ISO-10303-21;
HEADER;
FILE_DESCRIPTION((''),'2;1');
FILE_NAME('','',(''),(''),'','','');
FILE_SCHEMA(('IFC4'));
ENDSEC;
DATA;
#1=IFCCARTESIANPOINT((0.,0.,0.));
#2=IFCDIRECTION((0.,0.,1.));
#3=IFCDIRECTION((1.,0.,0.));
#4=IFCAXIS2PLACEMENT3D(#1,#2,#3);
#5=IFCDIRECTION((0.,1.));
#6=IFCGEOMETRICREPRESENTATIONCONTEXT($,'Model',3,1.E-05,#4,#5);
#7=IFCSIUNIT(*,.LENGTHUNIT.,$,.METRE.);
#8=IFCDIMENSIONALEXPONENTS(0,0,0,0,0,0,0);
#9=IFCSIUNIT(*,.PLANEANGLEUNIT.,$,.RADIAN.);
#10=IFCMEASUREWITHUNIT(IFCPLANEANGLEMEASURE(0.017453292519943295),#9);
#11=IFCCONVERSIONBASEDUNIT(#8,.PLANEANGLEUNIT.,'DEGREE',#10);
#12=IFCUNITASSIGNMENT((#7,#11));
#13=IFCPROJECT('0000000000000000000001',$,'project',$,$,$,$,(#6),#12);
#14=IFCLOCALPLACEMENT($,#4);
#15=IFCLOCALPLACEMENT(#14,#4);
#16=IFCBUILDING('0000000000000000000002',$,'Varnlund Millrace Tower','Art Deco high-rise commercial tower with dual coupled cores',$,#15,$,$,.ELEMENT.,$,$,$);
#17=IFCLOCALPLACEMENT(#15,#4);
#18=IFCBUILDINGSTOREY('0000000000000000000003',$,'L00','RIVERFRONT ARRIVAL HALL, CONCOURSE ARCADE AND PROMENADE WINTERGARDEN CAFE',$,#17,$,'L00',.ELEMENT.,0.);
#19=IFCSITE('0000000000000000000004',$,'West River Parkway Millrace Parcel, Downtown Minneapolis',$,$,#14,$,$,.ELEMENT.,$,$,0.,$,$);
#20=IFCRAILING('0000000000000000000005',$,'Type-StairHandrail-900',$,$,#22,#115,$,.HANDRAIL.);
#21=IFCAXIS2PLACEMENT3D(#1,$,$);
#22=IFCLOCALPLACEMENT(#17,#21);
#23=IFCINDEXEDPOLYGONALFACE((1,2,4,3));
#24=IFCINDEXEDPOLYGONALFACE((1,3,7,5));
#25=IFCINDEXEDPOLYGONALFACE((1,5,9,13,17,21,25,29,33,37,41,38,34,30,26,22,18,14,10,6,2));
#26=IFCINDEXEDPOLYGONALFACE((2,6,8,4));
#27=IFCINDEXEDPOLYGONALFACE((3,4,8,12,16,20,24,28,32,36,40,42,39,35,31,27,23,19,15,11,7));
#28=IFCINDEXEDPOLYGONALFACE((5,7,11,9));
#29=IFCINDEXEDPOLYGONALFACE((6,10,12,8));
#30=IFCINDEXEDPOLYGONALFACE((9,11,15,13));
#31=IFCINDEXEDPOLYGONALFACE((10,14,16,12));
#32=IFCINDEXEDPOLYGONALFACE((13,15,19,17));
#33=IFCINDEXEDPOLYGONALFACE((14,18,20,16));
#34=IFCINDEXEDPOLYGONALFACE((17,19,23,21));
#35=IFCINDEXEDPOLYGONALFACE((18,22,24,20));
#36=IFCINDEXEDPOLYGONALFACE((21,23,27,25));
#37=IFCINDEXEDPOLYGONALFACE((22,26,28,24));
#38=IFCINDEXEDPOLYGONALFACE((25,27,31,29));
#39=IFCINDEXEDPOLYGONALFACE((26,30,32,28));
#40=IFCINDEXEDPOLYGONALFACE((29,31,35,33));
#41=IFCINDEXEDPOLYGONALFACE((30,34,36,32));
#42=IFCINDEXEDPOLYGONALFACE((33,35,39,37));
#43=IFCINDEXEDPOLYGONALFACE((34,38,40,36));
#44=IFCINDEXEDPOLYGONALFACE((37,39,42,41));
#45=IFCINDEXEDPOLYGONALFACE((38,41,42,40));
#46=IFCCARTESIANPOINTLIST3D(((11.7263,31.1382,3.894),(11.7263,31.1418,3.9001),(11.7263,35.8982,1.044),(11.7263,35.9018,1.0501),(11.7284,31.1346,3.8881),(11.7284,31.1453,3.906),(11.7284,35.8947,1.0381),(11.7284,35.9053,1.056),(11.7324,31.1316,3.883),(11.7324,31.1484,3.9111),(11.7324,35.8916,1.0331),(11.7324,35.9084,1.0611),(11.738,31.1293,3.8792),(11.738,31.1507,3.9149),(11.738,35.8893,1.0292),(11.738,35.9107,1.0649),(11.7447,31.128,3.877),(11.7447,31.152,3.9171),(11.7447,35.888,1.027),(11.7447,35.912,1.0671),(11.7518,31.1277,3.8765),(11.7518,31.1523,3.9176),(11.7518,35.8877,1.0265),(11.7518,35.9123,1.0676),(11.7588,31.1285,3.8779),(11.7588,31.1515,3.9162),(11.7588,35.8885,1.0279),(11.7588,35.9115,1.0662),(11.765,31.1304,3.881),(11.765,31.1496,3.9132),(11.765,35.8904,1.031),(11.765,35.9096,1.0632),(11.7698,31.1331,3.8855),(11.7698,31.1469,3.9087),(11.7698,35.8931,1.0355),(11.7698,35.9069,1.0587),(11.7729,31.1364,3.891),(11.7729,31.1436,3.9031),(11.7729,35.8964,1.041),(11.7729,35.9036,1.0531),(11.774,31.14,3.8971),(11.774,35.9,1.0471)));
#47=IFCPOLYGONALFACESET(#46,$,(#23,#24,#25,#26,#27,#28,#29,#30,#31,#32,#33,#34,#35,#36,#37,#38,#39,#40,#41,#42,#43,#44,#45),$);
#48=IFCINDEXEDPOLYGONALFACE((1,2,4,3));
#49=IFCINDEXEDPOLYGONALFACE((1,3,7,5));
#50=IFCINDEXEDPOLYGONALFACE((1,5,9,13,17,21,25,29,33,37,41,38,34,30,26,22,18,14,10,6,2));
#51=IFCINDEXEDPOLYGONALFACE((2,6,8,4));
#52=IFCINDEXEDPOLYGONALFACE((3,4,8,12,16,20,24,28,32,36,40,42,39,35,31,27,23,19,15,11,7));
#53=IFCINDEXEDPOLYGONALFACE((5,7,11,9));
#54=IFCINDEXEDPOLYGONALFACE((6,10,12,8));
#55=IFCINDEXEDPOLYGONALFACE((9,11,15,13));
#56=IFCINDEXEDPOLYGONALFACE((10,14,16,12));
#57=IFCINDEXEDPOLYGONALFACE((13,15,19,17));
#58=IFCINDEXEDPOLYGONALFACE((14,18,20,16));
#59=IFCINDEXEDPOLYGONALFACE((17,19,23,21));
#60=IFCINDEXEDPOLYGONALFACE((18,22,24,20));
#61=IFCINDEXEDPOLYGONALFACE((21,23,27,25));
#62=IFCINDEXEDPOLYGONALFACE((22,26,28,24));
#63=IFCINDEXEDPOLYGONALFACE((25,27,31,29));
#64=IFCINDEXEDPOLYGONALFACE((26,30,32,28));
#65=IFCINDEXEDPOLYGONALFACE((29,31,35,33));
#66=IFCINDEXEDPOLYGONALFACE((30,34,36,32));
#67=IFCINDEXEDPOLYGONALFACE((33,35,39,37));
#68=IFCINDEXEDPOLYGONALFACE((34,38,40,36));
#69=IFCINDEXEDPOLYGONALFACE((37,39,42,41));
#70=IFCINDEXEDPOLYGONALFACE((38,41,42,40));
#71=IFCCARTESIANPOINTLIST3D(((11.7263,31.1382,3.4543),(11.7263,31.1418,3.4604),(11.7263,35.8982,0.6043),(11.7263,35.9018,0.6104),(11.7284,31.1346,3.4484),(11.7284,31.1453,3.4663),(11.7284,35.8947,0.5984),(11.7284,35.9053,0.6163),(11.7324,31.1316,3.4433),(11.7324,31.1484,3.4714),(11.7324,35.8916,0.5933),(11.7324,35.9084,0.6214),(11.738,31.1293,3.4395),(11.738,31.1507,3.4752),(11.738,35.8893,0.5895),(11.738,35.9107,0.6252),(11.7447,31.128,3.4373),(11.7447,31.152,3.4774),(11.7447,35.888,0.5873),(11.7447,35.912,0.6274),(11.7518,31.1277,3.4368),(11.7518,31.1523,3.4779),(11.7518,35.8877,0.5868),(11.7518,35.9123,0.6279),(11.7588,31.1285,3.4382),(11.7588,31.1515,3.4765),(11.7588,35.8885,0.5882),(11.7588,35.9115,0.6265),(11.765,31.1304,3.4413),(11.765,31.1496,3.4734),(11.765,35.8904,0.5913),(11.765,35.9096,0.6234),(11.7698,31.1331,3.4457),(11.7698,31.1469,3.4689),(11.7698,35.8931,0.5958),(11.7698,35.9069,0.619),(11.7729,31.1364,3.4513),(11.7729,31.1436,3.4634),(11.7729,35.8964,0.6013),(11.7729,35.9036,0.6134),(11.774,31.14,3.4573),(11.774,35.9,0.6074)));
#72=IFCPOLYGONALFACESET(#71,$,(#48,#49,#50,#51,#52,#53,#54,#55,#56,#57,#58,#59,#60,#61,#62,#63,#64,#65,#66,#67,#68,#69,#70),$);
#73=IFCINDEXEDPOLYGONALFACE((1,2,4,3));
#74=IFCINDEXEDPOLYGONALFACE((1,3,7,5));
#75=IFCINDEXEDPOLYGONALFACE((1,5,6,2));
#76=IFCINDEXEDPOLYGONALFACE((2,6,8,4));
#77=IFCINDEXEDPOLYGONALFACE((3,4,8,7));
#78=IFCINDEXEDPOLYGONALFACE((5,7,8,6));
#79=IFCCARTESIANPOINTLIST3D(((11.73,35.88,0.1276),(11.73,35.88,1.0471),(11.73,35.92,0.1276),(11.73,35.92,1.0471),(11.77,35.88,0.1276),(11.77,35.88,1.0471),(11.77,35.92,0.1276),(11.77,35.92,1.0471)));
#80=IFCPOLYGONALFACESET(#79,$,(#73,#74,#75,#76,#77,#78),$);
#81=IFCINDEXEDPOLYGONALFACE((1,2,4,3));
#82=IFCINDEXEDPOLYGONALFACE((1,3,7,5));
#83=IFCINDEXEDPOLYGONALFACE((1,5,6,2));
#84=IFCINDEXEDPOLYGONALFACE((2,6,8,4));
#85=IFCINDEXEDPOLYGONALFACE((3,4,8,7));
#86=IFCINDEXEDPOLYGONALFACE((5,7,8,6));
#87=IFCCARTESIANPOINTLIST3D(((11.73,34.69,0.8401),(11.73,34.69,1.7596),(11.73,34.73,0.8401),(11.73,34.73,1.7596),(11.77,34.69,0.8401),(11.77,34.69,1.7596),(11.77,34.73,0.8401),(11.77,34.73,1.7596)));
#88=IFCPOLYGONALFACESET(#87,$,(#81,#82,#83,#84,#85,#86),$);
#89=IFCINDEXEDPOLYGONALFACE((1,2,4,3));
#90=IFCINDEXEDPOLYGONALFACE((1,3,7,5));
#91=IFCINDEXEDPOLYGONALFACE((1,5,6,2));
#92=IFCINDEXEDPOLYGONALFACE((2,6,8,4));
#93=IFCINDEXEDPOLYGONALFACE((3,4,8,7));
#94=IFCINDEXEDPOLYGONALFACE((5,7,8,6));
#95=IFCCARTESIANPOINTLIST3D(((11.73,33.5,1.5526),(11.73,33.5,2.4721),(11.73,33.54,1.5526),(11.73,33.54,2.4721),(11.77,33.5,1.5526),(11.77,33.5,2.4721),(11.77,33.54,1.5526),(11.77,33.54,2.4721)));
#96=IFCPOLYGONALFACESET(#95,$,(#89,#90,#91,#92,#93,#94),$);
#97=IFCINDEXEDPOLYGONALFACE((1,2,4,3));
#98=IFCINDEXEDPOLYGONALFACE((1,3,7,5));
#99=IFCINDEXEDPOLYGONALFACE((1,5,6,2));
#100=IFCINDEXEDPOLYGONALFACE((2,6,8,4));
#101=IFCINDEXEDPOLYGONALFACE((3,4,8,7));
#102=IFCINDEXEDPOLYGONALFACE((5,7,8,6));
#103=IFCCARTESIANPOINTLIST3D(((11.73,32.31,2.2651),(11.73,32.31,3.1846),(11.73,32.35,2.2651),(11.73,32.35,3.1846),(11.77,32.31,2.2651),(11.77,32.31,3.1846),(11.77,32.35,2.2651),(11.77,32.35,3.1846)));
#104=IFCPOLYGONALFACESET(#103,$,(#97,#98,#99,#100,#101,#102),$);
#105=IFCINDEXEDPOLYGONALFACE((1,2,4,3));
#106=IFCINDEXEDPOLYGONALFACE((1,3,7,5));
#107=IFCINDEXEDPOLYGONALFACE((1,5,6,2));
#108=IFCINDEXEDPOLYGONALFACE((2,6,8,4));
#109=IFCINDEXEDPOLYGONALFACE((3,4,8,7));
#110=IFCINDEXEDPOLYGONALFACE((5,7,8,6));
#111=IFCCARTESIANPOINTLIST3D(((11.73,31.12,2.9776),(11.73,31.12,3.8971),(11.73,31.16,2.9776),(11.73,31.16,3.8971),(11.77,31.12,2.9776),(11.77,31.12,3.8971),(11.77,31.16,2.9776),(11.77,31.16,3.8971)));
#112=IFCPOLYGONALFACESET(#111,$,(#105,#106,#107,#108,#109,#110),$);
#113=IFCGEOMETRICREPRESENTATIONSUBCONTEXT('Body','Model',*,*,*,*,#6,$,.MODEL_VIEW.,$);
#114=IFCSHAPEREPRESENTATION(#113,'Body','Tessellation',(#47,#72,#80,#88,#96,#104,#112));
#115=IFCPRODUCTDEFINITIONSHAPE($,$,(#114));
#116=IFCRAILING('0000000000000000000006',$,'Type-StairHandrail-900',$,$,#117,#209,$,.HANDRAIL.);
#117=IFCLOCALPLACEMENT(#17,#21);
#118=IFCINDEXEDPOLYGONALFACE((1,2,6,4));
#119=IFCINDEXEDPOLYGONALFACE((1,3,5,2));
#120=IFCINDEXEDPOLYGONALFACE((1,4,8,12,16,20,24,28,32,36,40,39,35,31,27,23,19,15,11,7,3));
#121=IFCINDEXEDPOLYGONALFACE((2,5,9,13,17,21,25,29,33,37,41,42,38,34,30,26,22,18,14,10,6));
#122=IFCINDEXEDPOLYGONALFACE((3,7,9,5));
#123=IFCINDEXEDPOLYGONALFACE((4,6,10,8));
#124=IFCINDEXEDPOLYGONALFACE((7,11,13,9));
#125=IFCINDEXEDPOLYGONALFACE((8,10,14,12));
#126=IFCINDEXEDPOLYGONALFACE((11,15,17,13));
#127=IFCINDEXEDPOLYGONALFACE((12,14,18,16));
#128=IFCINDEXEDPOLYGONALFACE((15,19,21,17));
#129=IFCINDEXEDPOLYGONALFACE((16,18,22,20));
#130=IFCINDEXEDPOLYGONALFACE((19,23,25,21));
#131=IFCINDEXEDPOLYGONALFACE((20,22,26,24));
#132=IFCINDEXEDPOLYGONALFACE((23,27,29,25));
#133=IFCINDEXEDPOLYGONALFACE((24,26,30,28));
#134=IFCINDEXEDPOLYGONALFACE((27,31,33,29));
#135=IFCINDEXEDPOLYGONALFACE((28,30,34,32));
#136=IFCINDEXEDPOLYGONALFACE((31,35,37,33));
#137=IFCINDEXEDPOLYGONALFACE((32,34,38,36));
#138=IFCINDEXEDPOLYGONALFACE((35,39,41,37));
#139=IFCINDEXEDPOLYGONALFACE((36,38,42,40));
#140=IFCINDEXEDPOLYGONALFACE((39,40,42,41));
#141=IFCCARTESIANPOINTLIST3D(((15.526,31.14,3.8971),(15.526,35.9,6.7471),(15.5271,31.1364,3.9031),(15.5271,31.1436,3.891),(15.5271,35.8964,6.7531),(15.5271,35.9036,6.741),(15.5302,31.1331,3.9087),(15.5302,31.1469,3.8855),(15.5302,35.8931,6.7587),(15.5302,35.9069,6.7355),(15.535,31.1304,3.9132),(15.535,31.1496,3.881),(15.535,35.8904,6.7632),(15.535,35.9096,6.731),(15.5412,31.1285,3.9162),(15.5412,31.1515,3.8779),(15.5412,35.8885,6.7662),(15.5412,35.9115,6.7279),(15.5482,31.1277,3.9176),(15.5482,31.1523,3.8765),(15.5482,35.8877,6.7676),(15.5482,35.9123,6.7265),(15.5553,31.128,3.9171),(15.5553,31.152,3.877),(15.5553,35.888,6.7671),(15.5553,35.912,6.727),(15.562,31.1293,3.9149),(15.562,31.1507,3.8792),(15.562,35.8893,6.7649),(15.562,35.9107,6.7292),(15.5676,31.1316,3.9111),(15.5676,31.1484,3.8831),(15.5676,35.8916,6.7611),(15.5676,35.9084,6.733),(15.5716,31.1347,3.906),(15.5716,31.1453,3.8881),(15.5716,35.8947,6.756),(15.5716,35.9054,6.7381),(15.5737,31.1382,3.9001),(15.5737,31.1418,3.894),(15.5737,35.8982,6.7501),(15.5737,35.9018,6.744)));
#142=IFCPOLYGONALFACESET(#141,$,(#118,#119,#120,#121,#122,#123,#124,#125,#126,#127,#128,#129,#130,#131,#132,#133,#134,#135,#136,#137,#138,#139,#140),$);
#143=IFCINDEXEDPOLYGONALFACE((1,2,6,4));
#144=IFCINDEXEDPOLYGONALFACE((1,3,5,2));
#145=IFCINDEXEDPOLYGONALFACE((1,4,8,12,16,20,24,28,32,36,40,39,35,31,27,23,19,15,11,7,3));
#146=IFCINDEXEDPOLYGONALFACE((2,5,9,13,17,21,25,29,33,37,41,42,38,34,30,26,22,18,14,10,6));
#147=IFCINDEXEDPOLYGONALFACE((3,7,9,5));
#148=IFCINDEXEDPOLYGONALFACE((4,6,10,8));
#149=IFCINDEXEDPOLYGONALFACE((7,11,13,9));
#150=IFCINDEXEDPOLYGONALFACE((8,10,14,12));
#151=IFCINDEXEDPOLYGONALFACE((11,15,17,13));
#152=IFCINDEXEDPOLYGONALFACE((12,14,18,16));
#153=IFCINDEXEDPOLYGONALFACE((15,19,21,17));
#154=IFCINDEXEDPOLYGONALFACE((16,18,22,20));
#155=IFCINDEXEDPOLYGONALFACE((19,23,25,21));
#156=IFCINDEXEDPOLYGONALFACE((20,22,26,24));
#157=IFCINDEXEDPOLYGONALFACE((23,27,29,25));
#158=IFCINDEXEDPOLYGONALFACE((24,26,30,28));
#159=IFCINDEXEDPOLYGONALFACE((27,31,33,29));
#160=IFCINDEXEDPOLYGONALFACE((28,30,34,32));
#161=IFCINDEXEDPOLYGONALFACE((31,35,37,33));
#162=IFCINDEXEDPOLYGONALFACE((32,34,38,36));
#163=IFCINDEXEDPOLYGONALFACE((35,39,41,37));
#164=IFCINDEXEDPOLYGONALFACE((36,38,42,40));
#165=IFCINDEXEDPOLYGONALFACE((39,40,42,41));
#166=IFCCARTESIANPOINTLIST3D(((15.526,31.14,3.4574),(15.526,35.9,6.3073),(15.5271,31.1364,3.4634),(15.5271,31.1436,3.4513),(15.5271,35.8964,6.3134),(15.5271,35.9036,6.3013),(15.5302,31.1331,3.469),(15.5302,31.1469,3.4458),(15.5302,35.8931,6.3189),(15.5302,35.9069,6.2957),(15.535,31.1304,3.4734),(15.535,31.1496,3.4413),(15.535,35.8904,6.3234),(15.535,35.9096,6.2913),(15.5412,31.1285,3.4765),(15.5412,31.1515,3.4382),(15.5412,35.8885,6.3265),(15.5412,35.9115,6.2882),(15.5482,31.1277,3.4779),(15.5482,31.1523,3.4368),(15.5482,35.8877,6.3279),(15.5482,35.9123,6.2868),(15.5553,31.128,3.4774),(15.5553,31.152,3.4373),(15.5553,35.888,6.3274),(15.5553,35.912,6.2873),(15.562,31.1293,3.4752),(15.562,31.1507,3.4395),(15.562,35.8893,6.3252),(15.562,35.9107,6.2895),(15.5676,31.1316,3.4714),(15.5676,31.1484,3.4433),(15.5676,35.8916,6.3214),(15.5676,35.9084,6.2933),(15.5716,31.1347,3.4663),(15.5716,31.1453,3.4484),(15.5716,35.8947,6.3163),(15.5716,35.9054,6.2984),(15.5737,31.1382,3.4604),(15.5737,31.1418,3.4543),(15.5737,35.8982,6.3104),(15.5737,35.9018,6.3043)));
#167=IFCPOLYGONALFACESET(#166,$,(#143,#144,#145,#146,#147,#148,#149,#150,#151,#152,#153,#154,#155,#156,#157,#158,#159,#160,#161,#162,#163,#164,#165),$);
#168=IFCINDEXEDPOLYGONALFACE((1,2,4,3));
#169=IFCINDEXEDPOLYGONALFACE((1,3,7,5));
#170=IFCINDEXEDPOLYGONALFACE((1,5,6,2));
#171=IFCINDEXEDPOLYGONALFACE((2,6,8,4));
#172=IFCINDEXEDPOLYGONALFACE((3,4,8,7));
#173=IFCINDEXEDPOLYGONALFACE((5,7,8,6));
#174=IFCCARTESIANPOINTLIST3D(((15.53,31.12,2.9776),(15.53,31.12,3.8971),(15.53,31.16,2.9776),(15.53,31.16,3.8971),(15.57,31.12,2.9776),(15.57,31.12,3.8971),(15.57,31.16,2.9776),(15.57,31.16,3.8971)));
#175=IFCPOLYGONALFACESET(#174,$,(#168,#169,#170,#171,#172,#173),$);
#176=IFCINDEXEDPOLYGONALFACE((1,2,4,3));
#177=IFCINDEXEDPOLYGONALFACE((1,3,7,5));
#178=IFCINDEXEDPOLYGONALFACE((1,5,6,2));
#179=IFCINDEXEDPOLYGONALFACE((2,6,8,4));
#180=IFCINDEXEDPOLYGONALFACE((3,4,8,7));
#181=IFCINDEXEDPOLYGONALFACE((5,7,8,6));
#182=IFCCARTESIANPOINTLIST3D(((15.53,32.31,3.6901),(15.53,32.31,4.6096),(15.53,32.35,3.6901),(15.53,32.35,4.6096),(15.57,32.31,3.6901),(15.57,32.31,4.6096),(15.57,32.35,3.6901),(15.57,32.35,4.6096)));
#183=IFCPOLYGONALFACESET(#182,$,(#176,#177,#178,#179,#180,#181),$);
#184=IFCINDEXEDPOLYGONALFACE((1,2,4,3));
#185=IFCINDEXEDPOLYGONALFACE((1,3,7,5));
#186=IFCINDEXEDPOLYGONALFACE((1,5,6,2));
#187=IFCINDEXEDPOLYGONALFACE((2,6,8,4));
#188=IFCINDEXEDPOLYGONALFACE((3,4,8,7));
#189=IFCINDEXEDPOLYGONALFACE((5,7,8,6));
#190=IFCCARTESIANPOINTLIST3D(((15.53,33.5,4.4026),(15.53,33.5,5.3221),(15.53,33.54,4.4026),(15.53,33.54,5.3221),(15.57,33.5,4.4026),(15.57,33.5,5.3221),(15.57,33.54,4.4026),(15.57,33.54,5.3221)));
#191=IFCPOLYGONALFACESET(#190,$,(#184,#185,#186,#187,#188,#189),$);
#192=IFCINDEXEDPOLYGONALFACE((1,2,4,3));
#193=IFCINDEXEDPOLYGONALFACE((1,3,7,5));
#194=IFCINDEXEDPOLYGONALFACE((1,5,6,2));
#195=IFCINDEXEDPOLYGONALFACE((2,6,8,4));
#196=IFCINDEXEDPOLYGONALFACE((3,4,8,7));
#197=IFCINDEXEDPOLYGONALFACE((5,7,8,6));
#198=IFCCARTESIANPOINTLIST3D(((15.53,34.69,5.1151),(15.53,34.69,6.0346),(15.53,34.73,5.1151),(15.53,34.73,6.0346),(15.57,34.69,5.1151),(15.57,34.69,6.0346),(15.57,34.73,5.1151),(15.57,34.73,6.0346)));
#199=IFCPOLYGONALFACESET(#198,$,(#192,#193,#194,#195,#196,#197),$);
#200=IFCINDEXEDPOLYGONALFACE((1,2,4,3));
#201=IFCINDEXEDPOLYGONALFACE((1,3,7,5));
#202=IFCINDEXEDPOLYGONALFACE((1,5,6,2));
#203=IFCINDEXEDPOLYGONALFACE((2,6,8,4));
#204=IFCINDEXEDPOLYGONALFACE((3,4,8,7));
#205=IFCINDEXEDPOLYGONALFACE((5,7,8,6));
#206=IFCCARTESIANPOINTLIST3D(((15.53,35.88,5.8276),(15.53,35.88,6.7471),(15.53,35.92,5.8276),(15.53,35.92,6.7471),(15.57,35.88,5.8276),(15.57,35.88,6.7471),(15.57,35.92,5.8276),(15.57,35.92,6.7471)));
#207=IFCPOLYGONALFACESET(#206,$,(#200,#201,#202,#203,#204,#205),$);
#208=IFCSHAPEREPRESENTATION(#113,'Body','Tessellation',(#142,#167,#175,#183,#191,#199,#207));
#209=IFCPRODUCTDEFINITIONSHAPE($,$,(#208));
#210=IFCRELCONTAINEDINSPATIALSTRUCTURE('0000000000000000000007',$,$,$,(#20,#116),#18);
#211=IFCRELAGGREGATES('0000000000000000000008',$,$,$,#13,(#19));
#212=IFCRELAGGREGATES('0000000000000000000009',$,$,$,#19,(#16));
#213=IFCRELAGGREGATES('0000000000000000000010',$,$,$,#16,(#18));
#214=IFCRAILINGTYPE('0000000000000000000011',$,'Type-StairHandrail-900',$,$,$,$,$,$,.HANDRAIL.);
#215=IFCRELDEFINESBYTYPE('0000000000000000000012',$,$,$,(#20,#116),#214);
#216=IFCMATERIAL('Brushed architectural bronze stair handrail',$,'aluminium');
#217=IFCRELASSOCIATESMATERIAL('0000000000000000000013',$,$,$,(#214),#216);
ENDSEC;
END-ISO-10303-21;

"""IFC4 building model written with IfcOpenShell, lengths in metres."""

from ifc_helpers import new_model, entity, si_unit, converted_unit, direction, frame, origin_with_axes, origin_2d_with_axis, place, context, subcontext, project, spatial, rectangle, circle, extrude, material, type_object, element, save


model = new_model("IFC4")

# Units and contexts
model_context = context("Model", 3, precision=1e-05, world=origin_with_axes(), true_north=direction((0.0, 1.0)))
body_context = subcontext(model_context, "Body", "Model", "MODEL_VIEW")
ifc_project = project(units=[si_unit("LENGTHUNIT", "METRE"), converted_unit("PLANEANGLEUNIT", "DEGREE", entity("IfcPlaneAngleMeasure", 0.017453292519943295), si_unit("PLANEANGLEUNIT", "RADIAN"), dimensions=[0, 0, 0, 0, 0, 0, 0])], contexts=[model_context])

# Site, building, storey
site_placement = place(None, origin_with_axes())
site = spatial("IfcSite", under=ifc_project, at=site_placement, Name="West River Parkway Millrace Parcel, Downtown Minneapolis", CompositionType="ELEMENT", RefElevation=0.0)
building_placement = place(site_placement, origin_with_axes())
building = spatial("IfcBuilding", under=site, at=building_placement, Name="Varnlund Millrace Tower", Description="Art Deco high-rise commercial tower with dual coupled cores", CompositionType="ELEMENT")
storey_placement = place(building_placement, origin_with_axes())
storey = spatial("IfcBuildingStorey", under=building, at=storey_placement, Name="L00", Description="RIVERFRONT ARRIVAL HALL, CONCOURSE ARCADE AND PROMENADE WINTERGARDEN CAFE", LongName="L00", CompositionType="ELEMENT", Elevation=0.0)

# Railings
ifc_material_1 = material(Name="Brushed architectural bronze stair handrail", Category="aluminium")
railing_type_1 = type_object("IfcRailingType", Name="Type-StairHandrail-900", PredefinedType="HANDRAIL", material=ifc_material_1)
railing_1_placement = place(storey_placement, origin_with_axes())
element("IfcRailing", 1, at=railing_1_placement, inside=storey, type_object=railing_type_1, Name="Type-StairHandrail-900", PredefinedType="HANDRAIL", context=body_context, shape_type="SweptSolid", body=[
    extrude(circle(Radius=0.024, at=origin_2d_with_axis()), frame((11.75, 35.9, 1.0471), z_axis=(0.0, -0.85797, 0.5137), x_axis=(1.0, 0.0, 0.0)), (0.0, 0.0, 1.0), 5.548),
    extrude(circle(Radius=0.024, at=origin_2d_with_axis()), frame((11.75, 35.9, 0.6074), z_axis=(0.0, -0.85797, 0.5137), x_axis=(1.0, 0.0, 0.0)), (0.0, 0.0, 1.0), 5.548),
    extrude(rectangle(XDim=0.04, YDim=0.04, at=origin_2d_with_axis()), frame((11.75, 35.9, 0.1276), z_axis=(0.0, 0.0, 1.0), x_axis=(1.0, 0.0, 0.0)), (0.0, 0.0, 1.0), 0.9194),
    extrude(rectangle(XDim=0.04, YDim=0.04, at=origin_2d_with_axis()), frame((11.75, 34.71, 0.8401), z_axis=(0.0, 0.0, 1.0), x_axis=(1.0, 0.0, 0.0)), (0.0, 0.0, 1.0), 0.9194),
    extrude(rectangle(XDim=0.04, YDim=0.04, at=origin_2d_with_axis()), frame((11.75, 33.52, 1.5526), z_axis=(0.0, 0.0, 1.0), x_axis=(1.0, 0.0, 0.0)), (0.0, 0.0, 1.0), 0.9194),
    extrude(rectangle(XDim=0.04, YDim=0.04, at=origin_2d_with_axis()), frame((11.75, 32.33, 2.2651), z_axis=(0.0, 0.0, 1.0), x_axis=(1.0, 0.0, 0.0)), (0.0, 0.0, 1.0), 0.9194),
    extrude(rectangle(XDim=0.04, YDim=0.04, at=origin_2d_with_axis()), frame((11.75, 31.14, 2.9776), z_axis=(0.0, 0.0, 1.0), x_axis=(1.0, 0.0, 0.0)), (0.0, 0.0, 1.0), 0.9194),
])
railing_2_placement = place(storey_placement, origin_with_axes())
element("IfcRailing", 2, at=railing_2_placement, inside=storey, type_object=railing_type_1, Name="Type-StairHandrail-900", PredefinedType="HANDRAIL", context=body_context, shape_type="SweptSolid", body=[
    extrude(circle(Radius=0.024, at=origin_2d_with_axis()), frame((15.55, 31.14, 3.8971), z_axis=(0.0, 0.85797, 0.5137), x_axis=(-1.0, 0.0, 0.0)), (0.0, 0.0, 1.0), 5.548),
    extrude(circle(Radius=0.024, at=origin_2d_with_axis()), frame((15.55, 31.14, 3.4574), z_axis=(0.0, 0.85797, 0.5137), x_axis=(-1.0, 0.0, 0.0)), (0.0, 0.0, 1.0), 5.548),
    extrude(rectangle(XDim=0.04, YDim=0.04, at=origin_2d_with_axis()), frame((15.55, 31.14, 2.9776), z_axis=(0.0, 0.0, 1.0), x_axis=(1.0, 0.0, 0.0)), (0.0, 0.0, 1.0), 0.9194),
    extrude(rectangle(XDim=0.04, YDim=0.04, at=origin_2d_with_axis()), frame((15.55, 32.33, 3.6901), z_axis=(0.0, 0.0, 1.0), x_axis=(1.0, 0.0, 0.0)), (0.0, 0.0, 1.0), 0.9194),
    extrude(rectangle(XDim=0.04, YDim=0.04, at=origin_2d_with_axis()), frame((15.55, 33.52, 4.4026), z_axis=(0.0, 0.0, 1.0), x_axis=(1.0, 0.0, 0.0)), (0.0, 0.0, 1.0), 0.9194),
    extrude(rectangle(XDim=0.04, YDim=0.04, at=origin_2d_with_axis()), frame((15.55, 34.71, 5.1151), z_axis=(0.0, 0.0, 1.0), x_axis=(1.0, 0.0, 0.0)), (0.0, 0.0, 1.0), 0.9194),
    extrude(rectangle(XDim=0.04, YDim=0.04, at=origin_2d_with_axis()), frame((15.55, 35.9, 5.8276), z_axis=(0.0, 0.0, 1.0), x_axis=(1.0, 0.0, 0.0)), (0.0, 0.0, 1.0), 0.9194),
])

save(model, "model.ifc")
